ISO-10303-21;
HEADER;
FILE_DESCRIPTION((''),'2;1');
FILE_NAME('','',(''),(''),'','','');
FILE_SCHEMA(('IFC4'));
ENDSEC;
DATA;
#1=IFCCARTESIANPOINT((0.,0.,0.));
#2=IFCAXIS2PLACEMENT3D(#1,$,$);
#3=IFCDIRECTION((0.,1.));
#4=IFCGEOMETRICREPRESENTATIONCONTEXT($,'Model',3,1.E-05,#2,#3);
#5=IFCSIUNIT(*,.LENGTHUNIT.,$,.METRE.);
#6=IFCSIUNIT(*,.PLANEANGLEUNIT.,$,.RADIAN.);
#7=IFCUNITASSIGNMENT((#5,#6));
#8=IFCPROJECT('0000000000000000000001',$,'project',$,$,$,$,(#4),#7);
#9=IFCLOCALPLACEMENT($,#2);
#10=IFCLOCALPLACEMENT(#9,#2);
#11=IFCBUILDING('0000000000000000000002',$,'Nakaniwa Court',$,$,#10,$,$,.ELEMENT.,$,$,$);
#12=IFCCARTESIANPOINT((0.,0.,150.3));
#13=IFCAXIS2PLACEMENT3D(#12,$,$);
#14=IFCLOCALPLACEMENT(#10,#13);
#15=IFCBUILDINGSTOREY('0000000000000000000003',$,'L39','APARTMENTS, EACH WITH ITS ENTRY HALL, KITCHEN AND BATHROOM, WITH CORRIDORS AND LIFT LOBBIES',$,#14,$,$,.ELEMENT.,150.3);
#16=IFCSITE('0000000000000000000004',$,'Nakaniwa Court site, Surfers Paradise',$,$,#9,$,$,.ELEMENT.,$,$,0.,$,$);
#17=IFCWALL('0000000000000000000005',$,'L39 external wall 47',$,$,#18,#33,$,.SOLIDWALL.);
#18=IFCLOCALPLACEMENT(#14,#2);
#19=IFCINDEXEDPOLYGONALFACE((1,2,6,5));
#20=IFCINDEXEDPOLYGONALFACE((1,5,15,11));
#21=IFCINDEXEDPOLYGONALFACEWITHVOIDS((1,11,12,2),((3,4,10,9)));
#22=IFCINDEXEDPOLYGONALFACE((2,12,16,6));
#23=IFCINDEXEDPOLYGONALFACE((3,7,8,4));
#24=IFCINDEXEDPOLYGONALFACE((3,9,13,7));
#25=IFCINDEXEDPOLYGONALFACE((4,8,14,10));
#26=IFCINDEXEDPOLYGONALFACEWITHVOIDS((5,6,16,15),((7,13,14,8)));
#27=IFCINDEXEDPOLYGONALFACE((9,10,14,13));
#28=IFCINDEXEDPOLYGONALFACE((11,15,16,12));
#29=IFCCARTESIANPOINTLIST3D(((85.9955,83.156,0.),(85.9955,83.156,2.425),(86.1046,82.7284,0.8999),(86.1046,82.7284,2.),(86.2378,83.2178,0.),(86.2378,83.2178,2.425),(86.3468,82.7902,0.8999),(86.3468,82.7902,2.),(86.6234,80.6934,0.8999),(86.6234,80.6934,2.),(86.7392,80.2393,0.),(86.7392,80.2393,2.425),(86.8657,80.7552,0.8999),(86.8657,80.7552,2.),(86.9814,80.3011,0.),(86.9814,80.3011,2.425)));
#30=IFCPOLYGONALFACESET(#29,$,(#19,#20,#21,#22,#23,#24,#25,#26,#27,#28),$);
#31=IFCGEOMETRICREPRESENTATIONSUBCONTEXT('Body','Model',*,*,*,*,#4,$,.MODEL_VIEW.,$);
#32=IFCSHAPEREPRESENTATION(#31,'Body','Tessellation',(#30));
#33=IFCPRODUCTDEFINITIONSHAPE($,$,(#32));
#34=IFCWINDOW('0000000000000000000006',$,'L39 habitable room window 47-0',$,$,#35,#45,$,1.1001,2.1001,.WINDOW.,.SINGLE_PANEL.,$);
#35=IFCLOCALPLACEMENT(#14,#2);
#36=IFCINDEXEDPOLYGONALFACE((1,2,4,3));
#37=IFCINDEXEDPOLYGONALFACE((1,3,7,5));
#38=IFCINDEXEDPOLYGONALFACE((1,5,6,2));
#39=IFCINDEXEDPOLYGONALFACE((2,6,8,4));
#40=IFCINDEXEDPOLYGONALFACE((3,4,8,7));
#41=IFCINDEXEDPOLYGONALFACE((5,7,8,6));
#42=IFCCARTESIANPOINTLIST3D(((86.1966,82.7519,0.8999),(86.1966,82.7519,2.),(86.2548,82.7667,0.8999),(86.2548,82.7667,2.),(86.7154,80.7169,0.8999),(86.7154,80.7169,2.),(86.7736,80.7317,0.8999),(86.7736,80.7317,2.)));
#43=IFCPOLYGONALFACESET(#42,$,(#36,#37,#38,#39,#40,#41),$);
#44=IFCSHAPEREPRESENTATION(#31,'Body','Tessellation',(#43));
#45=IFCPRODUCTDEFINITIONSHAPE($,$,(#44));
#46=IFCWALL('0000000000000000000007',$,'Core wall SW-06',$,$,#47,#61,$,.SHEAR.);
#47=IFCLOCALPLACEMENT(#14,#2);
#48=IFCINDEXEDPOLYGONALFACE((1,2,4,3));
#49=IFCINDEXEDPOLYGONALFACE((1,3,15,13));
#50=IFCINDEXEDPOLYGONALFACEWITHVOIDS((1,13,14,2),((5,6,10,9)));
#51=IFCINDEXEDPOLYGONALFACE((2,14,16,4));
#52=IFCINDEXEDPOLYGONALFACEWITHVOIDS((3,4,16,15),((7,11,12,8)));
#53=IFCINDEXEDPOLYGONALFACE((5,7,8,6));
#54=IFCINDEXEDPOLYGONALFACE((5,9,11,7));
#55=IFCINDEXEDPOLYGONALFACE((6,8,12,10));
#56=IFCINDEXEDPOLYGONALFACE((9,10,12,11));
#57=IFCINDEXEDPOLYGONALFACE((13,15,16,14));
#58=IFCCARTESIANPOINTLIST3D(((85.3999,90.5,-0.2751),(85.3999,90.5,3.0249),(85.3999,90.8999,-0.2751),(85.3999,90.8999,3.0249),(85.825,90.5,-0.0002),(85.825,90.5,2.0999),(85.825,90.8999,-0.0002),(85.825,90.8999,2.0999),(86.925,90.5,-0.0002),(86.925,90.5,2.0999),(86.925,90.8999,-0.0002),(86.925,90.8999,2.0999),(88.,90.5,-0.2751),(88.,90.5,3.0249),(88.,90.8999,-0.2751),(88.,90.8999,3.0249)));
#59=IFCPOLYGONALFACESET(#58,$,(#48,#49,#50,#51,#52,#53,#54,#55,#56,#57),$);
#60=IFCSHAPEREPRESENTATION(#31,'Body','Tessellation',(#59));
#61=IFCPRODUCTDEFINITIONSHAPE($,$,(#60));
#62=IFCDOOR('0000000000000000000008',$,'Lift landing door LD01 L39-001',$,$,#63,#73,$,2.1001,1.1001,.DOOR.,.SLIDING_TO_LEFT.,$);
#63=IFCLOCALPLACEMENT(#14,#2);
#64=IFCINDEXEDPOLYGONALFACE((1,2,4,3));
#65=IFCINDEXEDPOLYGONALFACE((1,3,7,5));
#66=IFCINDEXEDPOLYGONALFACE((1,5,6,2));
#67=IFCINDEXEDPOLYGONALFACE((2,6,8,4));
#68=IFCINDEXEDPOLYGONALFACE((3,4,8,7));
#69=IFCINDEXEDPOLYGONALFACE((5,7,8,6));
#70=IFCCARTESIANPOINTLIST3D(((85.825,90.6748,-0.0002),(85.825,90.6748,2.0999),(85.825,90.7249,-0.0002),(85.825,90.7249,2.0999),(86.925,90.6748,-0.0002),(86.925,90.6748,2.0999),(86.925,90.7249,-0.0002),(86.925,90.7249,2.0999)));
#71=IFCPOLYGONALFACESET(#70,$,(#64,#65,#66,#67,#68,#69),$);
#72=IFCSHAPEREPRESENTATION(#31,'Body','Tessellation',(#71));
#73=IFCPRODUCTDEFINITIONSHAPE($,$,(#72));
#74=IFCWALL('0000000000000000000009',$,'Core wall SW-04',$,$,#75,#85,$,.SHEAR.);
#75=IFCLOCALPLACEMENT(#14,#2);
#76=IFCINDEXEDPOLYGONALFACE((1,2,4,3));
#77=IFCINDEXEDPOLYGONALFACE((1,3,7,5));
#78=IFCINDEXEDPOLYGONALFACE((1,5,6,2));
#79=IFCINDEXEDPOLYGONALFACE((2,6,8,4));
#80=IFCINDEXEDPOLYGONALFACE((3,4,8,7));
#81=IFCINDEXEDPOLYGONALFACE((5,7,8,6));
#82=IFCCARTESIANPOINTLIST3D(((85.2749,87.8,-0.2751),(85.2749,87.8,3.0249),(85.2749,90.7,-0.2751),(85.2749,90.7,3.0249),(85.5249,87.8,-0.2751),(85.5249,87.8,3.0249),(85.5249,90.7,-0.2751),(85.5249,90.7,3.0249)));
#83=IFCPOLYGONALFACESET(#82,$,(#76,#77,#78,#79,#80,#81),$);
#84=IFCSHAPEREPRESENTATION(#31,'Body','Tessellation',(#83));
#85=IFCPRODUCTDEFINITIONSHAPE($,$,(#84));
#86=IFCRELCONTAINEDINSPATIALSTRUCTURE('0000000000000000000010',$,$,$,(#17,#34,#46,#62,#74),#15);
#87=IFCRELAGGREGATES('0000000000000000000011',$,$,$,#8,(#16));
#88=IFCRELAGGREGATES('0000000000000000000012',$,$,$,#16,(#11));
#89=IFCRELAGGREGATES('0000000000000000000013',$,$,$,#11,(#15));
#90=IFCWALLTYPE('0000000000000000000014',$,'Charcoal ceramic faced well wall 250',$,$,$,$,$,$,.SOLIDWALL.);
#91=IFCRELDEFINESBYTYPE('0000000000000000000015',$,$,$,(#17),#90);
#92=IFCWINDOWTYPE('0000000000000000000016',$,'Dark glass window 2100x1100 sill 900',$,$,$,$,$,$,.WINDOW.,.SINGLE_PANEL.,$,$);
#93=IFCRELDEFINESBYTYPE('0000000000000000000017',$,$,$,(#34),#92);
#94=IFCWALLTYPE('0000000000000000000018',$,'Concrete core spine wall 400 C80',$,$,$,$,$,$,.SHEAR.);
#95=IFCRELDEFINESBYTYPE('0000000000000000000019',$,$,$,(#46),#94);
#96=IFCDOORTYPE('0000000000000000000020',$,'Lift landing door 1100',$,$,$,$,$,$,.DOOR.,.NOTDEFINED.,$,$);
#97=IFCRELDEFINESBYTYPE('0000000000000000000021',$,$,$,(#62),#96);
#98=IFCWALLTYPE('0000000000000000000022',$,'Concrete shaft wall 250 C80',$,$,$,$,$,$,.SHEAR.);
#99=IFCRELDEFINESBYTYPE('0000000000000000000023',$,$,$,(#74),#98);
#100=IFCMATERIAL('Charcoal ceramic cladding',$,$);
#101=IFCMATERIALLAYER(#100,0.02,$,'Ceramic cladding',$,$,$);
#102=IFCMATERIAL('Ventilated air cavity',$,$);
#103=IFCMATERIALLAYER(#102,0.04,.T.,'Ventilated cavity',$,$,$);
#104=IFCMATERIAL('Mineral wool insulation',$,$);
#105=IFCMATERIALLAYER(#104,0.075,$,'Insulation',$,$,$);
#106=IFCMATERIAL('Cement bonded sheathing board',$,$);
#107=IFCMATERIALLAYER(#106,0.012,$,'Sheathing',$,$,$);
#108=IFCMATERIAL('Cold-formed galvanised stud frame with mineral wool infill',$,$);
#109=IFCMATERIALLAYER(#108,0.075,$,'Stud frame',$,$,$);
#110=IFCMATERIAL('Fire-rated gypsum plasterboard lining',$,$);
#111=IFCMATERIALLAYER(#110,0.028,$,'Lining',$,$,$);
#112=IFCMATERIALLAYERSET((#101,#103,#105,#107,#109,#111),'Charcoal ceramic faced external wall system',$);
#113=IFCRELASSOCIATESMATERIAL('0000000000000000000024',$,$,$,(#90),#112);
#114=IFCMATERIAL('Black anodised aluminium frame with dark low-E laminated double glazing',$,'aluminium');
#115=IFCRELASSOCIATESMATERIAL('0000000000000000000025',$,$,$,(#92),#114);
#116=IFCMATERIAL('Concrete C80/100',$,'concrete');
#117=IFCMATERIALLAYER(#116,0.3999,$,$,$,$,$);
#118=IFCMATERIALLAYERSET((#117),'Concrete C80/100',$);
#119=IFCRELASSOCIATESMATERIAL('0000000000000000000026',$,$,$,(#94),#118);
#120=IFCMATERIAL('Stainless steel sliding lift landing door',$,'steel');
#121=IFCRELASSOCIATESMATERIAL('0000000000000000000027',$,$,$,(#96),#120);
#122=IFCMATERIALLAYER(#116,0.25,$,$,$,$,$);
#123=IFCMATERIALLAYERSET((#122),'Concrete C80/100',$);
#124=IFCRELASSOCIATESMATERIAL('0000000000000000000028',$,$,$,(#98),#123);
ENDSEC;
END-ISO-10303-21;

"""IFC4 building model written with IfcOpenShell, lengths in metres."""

from ifc_helpers import new_model, si_unit, direction, frame, frame_2d, origin, place, context, subcontext, project, spatial, rectangle, extrude, material, layer, layer_set, type_object, element, fill, save


model = new_model("IFC4")

# Units and contexts
model_context = context("Model", 3, precision=1e-05, world=origin(), true_north=direction((0.0, 1.0)))
body_context = subcontext(model_context, "Body", "Model", "MODEL_VIEW")
ifc_project = project(units=[si_unit("LENGTHUNIT", "METRE"), si_unit("PLANEANGLEUNIT", "RADIAN")], contexts=[model_context])

# Site, building, storey
site_placement = place(None, origin())
site = spatial("IfcSite", under=ifc_project, at=site_placement, Name="Nakaniwa Court site, Surfers Paradise", CompositionType="ELEMENT", RefElevation=0.0)
building_placement = place(site_placement, origin())
building = spatial("IfcBuilding", under=site, at=building_placement, Name="Nakaniwa Court", CompositionType="ELEMENT")
storey_placement = place(building_placement, frame((0.0, 0.0, 150.3)))
storey = spatial("IfcBuildingStorey", under=building, at=storey_placement, Name="L39", Description="APARTMENTS, EACH WITH ITS ENTRY HALL, KITCHEN AND BATHROOM, WITH CORRIDORS AND LIFT LOBBIES", CompositionType="ELEMENT", Elevation=150.3)

# Shared definitions
ifc_material_1 = material(Name="Concrete C80/100", Category="concrete")

# Wall, opening, window
ifc_material_2 = material(Name="Charcoal ceramic cladding")
ifc_layer_1 = layer(ifc_material_2, 0.02, Name="Ceramic cladding")
ifc_material_3 = material(Name="Ventilated air cavity")
ifc_layer_2 = layer(ifc_material_3, 0.04, ventilated=True, Name="Ventilated cavity")
ifc_material_4 = material(Name="Mineral wool insulation")
ifc_layer_3 = layer(ifc_material_4, 0.075, Name="Insulation")
ifc_material_5 = material(Name="Cement bonded sheathing board")
ifc_layer_4 = layer(ifc_material_5, 0.012, Name="Sheathing")
ifc_material_6 = material(Name="Cold-formed galvanised stud frame with mineral wool infill")
ifc_layer_5 = layer(ifc_material_6, 0.075, Name="Stud frame")
ifc_material_7 = material(Name="Fire-rated gypsum plasterboard lining")
ifc_layer_6 = layer(ifc_material_7, 0.028, Name="Lining")
ifc_layer_set_1 = layer_set([ifc_layer_1, ifc_layer_2, ifc_layer_3, ifc_layer_4, ifc_layer_5, ifc_layer_6], Name="Charcoal ceramic faced external wall system")
wall_type_1 = type_object("IfcWallType", Name="Charcoal ceramic faced well wall 250", PredefinedType="SOLIDWALL", material=ifc_layer_set_1)
ifc_material_8 = material(Name="Black anodised aluminium frame with dark low-E laminated double glazing", Category="aluminium")
window_type = type_object("IfcWindowType", Name="Dark glass window 2100x1100 sill 900", PartitioningType="SINGLE_PANEL", PredefinedType="WINDOW", material=ifc_material_8)
wall_1_placement = place(storey_placement, frame((86.1167, 83.1868, 0.0), z_axis=(0.0, 0.0, 1.0), x_axis=(0.247056, -0.969001, 0.0)))
wall_1 = element("IfcWall", 1, at=wall_1_placement, inside=storey, type_object=wall_type_1, Name="L39 external wall 47", PredefinedType="SOLIDWALL", context=body_context, shape_type="SweptSolid", body=[
    extrude(rectangle(XDim=3.01, YDim=0.25, at=frame_2d((1.5049, 0.0))), origin(), (0.0, 0.0, 1.0), 2.425),
])
opening_1_placement = place(wall_1_placement, frame((0.4412, 0.0, 0.8999)))
opening_1 = element("IfcOpeningElement", 2, at=opening_1_placement, cuts=wall_1, PredefinedType="OPENING", context=body_context, shape_type="SweptSolid", body=[
    extrude(rectangle(XDim=2.1001, YDim=1.1001, at=frame_2d((1.05, 0.55))), frame((0.0, 0.135, 0.0), z_axis=(0.0, -1.0, 0.0), x_axis=(1.0, 0.0, 0.0)), (0.0, 0.0, 1.0), 0.27),
])
window_1_placement = place(opening_1_placement, origin())
window_1 = element("IfcWindow", 3, at=window_1_placement, inside=storey, type_object=window_type, Name="L39 habitable room window 47-0", OverallHeight=1.1001, OverallWidth=2.1001, PartitioningType="SINGLE_PANEL", PredefinedType="WINDOW", context=body_context, shape_type="SweptSolid", body=[
    extrude(rectangle(XDim=2.1001, YDim=1.1001, at=frame_2d((1.05, 0.55))), frame((0.0, 0.03, 0.0), z_axis=(0.0, -1.0, 0.0), x_axis=(1.0, 0.0, 0.0)), (0.0, 0.0, 1.0), 0.0601),
])
fill(opening_1, window_1)

# Wall, opening, door
ifc_layer_7 = layer(ifc_material_1, 0.3999)
ifc_layer_set_2 = layer_set([ifc_layer_7], Name="Concrete C80/100")
wall_type_2 = type_object("IfcWallType", Name="Concrete core spine wall 400 C80", PredefinedType="SHEAR", material=ifc_layer_set_2)
wall_2_placement = place(storey_placement, frame((85.3999, 90.7, -0.2751), z_axis=(0.0, 0.0, 1.0), x_axis=(1.0, 0.0, 0.0)))
wall_2 = element("IfcWall", 4, at=wall_2_placement, inside=storey, type_object=wall_type_2, Name="Core wall SW-06", PredefinedType="SHEAR", context=body_context, shape_type="SweptSolid", body=[
    extrude(rectangle(XDim=2.6001, YDim=0.3999, at=frame_2d((1.3, 0.0))), origin(), (0.0, 0.0, 1.0), 3.3),
])
opening_2_placement = place(wall_2_placement, frame((0.425, 0.0, 0.2749)))
opening_2 = element("IfcOpeningElement", 5, at=opening_2_placement, cuts=wall_2, PredefinedType="OPENING", context=body_context, shape_type="SweptSolid", body=[
    extrude(rectangle(XDim=1.1001, YDim=2.1001, at=frame_2d((0.55, 1.05))), frame((0.0, 0.21, 0.0), z_axis=(0.0, -1.0, 0.0), x_axis=(1.0, 0.0, 0.0)), (0.0, 0.0, 1.0), 0.4199),
])
ifc_material_9 = material(Name="Stainless steel sliding lift landing door", Category="steel")
door_type_1 = type_object("IfcDoorType", Name="Lift landing door 1100", OperationType="NOTDEFINED", PredefinedType="DOOR", material=ifc_material_9)
door_1_placement = place(opening_2_placement, origin())
door_1 = element("IfcDoor", 6, at=door_1_placement, inside=storey, type_object=door_type_1, Name="Lift landing door LD01 L39-001", OperationType="SLIDING_TO_LEFT", OverallHeight=2.1001, OverallWidth=1.1001, PredefinedType="DOOR", context=body_context, shape_type="SweptSolid", body=[
    extrude(rectangle(XDim=1.1001, YDim=2.1001, at=frame_2d((0.55, 1.05))), frame((0.0, 0.0249, 0.0), z_axis=(0.0, -1.0, 0.0), x_axis=(1.0, 0.0, 0.0)), (0.0, 0.0, 1.0), 0.05),
])
fill(opening_2, door_1)

# Wall
ifc_layer_8 = layer(ifc_material_1, 0.25)
ifc_layer_set_3 = layer_set([ifc_layer_8], Name="Concrete C80/100")
wall_type_3 = type_object("IfcWallType", Name="Concrete shaft wall 250 C80", PredefinedType="SHEAR", material=ifc_layer_set_3)
wall_3_placement = place(storey_placement, frame((85.3999, 87.8, -0.2751), z_axis=(0.0, 0.0, 1.0), x_axis=(0.0, 1.0, 0.0)))
element("IfcWall", 7, at=wall_3_placement, inside=storey, type_object=wall_type_3, Name="Core wall SW-04", PredefinedType="SHEAR", context=body_context, shape_type="SweptSolid", body=[
    extrude(rectangle(XDim=2.8999, YDim=0.25, at=frame_2d((1.45, 0.0))), origin(), (0.0, 0.0, 1.0), 3.3),
])

save(model, "model.ifc")
